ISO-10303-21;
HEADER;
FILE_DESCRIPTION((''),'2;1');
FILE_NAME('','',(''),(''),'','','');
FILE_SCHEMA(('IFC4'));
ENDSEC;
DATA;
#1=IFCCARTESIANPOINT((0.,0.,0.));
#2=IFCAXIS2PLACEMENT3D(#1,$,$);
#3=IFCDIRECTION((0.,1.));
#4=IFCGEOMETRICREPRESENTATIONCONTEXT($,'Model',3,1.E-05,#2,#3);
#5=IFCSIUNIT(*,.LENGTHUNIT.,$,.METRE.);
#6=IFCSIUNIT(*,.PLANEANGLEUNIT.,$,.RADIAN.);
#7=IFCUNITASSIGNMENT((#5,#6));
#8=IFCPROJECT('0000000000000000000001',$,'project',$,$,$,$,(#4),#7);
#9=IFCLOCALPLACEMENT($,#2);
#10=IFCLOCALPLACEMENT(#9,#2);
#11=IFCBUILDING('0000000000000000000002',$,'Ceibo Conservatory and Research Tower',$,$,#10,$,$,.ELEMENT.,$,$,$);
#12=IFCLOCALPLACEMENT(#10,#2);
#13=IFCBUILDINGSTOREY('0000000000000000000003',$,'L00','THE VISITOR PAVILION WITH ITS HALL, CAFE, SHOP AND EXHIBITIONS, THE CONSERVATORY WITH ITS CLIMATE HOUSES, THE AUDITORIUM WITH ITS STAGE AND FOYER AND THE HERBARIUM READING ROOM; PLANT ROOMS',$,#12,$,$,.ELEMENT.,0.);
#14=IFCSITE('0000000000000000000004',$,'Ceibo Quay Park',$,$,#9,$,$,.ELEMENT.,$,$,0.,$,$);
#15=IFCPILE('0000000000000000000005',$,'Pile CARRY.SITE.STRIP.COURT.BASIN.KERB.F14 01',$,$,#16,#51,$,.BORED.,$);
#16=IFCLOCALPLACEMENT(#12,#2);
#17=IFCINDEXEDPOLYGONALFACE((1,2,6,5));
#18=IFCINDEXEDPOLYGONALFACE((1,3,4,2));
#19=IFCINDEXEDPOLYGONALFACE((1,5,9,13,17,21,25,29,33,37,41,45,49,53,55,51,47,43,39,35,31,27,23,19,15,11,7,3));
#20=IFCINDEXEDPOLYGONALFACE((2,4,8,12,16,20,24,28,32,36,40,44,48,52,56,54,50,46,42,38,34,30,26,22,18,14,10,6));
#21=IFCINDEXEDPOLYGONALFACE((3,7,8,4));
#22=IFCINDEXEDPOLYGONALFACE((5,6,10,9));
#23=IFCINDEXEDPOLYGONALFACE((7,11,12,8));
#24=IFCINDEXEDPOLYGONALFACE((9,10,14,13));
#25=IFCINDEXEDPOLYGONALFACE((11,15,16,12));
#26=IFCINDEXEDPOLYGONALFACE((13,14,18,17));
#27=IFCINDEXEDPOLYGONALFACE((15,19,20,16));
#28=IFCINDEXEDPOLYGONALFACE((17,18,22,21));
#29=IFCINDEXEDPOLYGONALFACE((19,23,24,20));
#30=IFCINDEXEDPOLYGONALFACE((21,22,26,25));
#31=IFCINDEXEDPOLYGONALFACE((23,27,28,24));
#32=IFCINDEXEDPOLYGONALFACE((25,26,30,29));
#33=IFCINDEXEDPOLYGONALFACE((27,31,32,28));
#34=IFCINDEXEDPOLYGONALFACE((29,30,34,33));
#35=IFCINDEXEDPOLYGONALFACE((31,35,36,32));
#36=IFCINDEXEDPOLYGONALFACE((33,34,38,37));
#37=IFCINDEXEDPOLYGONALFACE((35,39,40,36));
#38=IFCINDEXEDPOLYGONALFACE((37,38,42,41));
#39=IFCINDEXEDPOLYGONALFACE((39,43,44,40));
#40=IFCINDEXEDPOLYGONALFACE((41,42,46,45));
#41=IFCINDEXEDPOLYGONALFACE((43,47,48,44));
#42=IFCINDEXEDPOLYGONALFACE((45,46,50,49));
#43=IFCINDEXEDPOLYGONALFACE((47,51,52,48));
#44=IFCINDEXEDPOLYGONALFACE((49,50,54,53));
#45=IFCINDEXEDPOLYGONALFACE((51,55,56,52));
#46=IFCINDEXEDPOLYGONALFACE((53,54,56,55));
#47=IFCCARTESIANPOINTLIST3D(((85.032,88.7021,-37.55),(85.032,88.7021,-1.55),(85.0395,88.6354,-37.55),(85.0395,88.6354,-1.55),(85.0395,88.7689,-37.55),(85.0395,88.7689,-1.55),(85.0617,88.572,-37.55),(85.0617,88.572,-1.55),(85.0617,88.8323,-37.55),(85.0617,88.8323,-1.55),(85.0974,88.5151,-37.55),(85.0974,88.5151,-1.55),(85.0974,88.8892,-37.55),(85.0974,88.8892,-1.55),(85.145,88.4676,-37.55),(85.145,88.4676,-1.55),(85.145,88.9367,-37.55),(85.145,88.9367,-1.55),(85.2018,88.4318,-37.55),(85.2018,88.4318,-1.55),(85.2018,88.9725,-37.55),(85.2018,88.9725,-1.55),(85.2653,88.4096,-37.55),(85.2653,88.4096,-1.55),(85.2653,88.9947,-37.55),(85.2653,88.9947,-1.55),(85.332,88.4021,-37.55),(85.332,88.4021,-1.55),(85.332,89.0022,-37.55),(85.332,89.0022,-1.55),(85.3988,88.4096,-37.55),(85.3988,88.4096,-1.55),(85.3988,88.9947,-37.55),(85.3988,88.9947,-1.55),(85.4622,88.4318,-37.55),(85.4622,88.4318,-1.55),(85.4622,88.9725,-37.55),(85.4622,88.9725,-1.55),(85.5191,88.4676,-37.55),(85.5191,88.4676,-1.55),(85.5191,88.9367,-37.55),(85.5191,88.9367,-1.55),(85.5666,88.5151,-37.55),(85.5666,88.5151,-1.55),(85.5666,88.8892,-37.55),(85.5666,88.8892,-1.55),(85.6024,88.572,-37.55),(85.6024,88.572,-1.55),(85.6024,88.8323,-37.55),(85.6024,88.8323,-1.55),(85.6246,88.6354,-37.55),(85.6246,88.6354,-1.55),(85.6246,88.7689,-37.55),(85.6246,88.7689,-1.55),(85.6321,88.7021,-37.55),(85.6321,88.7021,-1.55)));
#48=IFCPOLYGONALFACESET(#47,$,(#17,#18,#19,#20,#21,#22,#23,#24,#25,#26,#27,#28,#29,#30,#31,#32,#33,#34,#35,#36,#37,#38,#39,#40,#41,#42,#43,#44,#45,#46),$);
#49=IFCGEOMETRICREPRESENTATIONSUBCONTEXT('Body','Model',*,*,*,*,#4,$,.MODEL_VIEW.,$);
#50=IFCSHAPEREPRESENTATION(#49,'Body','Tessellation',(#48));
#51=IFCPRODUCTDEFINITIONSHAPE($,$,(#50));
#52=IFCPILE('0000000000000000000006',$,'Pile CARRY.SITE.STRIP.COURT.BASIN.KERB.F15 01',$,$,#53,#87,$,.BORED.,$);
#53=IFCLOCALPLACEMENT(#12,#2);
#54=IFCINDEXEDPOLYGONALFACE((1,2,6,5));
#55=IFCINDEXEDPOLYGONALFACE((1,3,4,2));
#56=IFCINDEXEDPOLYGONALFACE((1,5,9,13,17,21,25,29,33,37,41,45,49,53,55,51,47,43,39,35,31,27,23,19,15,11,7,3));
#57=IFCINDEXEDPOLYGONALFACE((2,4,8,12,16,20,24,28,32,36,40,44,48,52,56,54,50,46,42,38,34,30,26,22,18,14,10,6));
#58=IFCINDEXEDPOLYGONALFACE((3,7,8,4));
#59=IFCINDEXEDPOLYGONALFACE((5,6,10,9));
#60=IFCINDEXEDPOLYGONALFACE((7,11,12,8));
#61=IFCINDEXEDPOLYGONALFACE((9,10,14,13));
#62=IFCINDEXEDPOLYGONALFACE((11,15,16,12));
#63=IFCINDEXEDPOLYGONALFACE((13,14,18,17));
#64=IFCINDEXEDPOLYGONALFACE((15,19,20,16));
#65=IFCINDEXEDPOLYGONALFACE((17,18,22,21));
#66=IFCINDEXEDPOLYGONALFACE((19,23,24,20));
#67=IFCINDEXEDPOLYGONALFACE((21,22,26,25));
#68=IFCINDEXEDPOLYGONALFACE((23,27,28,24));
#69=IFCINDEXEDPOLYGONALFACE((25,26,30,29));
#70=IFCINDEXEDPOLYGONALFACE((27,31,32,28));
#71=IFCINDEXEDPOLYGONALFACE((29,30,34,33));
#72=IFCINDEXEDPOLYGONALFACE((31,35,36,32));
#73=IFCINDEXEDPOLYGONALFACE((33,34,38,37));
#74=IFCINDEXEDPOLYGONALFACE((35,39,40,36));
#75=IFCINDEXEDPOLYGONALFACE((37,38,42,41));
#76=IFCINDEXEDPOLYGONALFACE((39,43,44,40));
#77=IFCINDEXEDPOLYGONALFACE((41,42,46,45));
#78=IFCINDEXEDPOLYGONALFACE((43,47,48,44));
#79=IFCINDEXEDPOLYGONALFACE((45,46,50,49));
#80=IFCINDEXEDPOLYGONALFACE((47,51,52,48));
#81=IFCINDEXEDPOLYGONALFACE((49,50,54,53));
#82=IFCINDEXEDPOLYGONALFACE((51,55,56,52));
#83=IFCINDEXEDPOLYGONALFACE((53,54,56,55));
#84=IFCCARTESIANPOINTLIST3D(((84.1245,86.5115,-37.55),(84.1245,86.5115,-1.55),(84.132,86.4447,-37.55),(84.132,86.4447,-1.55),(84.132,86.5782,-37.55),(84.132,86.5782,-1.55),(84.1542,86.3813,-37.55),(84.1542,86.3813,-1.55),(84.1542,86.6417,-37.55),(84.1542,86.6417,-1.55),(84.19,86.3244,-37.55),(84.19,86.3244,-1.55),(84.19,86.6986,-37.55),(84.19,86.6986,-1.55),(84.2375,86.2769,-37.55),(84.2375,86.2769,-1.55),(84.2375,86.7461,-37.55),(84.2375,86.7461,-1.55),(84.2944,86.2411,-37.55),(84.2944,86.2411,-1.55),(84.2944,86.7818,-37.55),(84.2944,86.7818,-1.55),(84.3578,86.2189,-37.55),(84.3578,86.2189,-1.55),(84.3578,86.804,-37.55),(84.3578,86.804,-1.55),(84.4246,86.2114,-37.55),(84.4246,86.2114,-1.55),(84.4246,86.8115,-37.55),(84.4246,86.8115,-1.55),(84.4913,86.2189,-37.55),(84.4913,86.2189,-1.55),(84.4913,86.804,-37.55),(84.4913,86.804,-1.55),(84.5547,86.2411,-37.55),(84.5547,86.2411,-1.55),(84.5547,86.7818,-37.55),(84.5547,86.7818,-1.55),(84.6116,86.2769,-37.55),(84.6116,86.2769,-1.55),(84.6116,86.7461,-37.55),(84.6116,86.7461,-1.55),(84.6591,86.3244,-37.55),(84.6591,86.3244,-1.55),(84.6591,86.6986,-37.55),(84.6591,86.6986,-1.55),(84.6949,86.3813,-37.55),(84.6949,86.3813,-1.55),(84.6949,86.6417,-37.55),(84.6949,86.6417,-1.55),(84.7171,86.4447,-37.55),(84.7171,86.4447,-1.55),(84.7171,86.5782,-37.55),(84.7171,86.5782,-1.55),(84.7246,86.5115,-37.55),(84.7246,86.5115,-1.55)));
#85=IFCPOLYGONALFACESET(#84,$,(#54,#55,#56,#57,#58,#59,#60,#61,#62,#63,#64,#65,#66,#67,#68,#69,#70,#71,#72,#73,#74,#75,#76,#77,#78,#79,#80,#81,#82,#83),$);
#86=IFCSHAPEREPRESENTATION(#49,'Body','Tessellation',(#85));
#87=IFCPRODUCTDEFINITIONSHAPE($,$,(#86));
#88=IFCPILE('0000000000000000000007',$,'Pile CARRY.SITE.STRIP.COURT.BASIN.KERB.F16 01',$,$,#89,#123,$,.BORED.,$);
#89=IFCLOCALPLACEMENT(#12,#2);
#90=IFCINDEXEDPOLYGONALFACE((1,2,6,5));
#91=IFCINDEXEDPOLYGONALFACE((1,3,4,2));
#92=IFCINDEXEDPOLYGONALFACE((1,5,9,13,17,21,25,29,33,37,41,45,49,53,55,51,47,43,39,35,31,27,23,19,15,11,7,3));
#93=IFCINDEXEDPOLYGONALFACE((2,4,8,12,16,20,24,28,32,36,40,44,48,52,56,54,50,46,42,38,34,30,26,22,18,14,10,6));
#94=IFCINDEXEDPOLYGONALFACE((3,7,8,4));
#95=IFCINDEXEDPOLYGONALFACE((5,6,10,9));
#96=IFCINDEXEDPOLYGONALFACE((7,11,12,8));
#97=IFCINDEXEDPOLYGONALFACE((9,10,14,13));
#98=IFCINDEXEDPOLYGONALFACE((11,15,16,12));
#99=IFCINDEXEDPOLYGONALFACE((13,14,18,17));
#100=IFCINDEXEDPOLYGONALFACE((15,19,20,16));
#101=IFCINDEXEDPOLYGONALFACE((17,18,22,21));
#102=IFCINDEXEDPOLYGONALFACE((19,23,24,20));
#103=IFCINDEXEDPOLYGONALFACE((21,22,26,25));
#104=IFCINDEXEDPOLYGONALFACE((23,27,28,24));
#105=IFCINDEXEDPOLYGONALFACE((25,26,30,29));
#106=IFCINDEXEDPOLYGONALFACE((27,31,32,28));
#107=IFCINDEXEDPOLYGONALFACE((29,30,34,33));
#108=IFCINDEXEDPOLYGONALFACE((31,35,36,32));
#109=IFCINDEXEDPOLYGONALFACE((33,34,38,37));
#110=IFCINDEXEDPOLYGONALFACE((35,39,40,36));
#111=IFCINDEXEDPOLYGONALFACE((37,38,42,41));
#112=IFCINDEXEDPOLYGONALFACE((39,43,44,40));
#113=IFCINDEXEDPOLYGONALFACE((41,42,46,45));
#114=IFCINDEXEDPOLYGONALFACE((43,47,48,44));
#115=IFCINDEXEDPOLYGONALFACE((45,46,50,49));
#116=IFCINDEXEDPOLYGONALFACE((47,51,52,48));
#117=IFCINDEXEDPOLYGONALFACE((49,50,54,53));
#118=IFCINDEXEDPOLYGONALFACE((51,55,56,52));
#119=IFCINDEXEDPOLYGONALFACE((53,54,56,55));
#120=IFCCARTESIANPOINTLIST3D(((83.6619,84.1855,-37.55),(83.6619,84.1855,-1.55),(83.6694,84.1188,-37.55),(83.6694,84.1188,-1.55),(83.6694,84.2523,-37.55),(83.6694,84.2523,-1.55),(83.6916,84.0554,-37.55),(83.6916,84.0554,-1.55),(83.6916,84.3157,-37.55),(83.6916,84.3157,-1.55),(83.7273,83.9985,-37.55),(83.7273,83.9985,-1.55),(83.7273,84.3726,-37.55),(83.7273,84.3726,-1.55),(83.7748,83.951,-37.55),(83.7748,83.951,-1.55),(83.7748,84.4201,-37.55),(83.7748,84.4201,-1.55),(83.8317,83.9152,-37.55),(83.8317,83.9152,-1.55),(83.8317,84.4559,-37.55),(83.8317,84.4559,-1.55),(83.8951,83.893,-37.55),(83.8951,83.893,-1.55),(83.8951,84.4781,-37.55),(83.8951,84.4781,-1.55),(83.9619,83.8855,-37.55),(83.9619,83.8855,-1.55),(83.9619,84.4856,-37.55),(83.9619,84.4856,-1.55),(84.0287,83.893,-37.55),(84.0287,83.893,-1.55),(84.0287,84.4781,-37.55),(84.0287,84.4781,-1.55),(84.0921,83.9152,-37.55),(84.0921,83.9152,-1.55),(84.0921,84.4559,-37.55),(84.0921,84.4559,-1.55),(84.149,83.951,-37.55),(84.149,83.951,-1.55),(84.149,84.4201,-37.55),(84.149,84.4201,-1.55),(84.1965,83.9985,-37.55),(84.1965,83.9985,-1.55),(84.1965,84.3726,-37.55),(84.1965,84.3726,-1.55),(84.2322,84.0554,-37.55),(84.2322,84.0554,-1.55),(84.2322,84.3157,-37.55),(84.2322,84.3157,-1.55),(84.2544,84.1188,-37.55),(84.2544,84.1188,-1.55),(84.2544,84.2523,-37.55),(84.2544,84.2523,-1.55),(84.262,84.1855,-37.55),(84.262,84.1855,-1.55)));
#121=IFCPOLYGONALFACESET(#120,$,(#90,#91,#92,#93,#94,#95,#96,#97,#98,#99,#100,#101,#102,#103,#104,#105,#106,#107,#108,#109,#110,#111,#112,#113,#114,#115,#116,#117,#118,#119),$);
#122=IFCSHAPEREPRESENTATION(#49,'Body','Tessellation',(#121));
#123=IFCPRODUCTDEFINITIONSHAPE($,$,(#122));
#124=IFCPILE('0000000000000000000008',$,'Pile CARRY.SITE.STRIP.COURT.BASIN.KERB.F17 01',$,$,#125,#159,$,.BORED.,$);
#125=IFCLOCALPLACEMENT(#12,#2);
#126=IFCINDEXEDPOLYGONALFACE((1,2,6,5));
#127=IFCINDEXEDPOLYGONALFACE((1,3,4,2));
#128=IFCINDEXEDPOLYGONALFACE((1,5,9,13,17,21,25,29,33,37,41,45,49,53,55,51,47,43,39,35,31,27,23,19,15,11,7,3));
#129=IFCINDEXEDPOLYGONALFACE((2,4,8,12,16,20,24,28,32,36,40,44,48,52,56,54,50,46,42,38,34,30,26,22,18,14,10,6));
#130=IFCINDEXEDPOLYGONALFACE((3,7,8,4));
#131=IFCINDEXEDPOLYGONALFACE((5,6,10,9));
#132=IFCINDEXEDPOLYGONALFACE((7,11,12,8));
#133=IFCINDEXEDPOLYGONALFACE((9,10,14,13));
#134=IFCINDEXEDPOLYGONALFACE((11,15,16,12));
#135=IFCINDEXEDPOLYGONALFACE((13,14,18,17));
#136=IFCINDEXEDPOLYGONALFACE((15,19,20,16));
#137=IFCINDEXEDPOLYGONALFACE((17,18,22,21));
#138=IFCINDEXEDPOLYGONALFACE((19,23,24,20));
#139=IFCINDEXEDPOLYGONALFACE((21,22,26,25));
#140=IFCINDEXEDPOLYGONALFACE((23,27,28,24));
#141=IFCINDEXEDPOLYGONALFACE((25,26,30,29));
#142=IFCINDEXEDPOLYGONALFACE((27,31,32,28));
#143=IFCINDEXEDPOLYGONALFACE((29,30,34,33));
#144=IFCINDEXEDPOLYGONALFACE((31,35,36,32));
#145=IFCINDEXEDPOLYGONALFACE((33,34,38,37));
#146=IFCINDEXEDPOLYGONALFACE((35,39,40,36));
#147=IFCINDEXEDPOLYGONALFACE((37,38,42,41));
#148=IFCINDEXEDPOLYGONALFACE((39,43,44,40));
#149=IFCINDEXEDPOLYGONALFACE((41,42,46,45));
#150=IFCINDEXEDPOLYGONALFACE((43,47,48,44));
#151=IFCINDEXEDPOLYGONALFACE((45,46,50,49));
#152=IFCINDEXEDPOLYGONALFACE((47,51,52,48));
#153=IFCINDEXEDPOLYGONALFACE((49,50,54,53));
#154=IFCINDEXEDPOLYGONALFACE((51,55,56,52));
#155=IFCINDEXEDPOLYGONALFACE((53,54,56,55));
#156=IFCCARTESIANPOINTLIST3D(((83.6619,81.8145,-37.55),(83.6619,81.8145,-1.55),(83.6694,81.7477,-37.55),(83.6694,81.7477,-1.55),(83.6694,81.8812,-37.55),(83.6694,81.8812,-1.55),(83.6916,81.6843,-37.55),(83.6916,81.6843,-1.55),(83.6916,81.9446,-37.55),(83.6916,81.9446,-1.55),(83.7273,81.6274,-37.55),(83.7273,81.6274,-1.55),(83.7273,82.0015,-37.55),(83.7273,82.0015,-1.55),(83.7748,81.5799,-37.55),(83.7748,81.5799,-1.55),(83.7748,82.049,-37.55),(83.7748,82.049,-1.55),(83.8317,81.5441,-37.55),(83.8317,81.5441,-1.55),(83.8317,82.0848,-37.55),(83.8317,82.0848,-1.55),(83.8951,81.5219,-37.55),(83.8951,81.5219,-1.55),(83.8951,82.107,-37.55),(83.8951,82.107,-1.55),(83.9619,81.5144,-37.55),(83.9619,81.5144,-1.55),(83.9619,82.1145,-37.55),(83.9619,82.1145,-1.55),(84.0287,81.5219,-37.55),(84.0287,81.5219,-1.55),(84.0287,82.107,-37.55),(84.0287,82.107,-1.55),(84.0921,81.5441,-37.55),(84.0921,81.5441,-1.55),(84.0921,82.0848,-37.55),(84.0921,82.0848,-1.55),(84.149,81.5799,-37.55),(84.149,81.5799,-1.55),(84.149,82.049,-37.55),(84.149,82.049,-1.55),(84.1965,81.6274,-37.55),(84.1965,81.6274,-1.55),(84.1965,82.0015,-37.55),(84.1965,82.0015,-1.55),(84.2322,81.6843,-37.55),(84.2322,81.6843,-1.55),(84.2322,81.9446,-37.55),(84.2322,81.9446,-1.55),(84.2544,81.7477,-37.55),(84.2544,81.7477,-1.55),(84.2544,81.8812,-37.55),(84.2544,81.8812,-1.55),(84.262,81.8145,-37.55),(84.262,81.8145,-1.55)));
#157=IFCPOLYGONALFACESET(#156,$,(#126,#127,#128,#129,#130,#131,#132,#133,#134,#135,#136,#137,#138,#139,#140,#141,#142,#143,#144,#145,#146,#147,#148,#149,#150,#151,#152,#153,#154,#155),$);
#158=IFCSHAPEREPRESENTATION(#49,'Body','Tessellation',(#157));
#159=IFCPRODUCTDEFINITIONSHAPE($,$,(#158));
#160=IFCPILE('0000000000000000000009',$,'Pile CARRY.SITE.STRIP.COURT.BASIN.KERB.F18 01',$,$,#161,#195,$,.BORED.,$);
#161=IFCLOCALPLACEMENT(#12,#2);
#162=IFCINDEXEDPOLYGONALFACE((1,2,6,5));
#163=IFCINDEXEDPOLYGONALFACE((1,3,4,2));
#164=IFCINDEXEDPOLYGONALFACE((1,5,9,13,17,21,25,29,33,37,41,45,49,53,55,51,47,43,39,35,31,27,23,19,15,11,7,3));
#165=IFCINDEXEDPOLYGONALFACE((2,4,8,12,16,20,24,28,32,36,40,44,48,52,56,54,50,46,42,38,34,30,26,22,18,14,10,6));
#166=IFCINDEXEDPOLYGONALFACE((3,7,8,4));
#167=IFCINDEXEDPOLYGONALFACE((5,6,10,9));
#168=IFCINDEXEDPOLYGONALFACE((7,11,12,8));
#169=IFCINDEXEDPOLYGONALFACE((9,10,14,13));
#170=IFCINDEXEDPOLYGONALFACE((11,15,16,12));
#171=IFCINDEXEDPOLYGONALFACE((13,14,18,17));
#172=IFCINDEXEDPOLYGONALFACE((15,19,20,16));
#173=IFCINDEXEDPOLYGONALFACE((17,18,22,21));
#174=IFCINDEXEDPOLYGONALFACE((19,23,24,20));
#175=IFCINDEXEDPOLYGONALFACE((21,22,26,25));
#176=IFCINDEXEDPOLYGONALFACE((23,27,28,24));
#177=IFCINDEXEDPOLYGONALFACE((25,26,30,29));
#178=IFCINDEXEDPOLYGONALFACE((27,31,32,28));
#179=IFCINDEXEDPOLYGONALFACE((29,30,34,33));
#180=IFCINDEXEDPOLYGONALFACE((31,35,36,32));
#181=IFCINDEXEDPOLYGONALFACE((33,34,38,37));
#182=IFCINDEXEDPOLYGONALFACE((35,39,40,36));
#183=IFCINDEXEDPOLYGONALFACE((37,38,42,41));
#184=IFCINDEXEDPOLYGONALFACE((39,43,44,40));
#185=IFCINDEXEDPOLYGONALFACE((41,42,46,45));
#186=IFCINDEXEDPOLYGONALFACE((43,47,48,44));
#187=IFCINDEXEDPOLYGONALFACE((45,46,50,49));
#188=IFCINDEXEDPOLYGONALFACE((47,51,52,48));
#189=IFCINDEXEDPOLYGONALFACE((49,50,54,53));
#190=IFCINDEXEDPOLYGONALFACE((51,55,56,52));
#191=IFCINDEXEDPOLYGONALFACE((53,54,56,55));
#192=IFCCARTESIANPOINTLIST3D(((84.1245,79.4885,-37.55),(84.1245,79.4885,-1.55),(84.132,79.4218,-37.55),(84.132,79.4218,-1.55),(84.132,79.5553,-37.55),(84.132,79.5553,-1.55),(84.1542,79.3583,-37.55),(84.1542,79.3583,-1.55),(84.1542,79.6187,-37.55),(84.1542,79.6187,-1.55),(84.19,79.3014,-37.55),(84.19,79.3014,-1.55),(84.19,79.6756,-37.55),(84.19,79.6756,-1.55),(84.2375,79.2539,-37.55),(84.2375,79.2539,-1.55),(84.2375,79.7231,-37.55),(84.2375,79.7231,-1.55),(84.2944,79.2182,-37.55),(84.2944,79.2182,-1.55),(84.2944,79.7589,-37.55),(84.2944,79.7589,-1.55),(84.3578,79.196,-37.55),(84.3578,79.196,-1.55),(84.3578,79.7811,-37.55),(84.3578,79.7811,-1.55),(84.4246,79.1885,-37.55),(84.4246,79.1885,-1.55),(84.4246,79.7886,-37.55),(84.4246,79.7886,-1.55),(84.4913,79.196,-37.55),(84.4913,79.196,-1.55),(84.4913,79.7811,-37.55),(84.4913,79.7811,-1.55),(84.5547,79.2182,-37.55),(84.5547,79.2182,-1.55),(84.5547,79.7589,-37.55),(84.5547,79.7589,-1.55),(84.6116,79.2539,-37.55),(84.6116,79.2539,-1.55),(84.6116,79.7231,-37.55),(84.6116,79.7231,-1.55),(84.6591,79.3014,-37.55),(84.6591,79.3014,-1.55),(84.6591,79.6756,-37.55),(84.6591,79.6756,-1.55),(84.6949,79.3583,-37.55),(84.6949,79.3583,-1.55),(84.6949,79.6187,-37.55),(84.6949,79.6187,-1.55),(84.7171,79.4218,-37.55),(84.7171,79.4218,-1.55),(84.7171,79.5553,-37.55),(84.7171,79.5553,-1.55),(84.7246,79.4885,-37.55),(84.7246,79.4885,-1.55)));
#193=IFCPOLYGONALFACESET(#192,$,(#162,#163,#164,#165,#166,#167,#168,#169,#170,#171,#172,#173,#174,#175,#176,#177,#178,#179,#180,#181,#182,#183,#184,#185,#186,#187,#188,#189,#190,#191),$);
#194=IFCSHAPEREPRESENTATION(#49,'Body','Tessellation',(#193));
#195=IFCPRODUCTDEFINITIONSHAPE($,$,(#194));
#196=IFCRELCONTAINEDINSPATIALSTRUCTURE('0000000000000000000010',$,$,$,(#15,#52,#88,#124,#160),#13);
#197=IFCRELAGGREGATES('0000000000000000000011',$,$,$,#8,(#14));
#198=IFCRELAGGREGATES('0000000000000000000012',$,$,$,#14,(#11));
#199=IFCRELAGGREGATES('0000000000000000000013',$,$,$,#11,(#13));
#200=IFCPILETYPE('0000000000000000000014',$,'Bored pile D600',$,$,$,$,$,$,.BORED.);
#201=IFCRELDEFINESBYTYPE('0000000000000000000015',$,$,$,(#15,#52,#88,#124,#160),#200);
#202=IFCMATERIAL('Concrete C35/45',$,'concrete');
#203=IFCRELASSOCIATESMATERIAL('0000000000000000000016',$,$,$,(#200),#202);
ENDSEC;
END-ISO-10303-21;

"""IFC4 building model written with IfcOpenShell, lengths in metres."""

from ifc_helpers import new_model, si_unit, direction, frame, origin, origin_2d, place, context, subcontext, project, spatial, circle, extrude, material, material_profile, profile_set, type_object, element, save


model = new_model("IFC4")

# Units and contexts
model_context = context("Model", 3, precision=1e-05, world=origin(), true_north=direction((0.0, 1.0)))
body_context = subcontext(model_context, "Body", "Model", "MODEL_VIEW")
ifc_project = project(units=[si_unit("LENGTHUNIT", "METRE"), si_unit("PLANEANGLEUNIT", "RADIAN")], contexts=[model_context])

# Site, building, storey
site_placement = place(None, origin())
site = spatial("IfcSite", under=ifc_project, at=site_placement, Name="Ceibo Quay Park", CompositionType="ELEMENT", RefElevation=0.0)
building_placement = place(site_placement, origin())
building = spatial("IfcBuilding", under=site, at=building_placement, Name="Ceibo Conservatory and Research Tower", CompositionType="ELEMENT")
storey_placement = place(building_placement, origin())
storey = spatial("IfcBuildingStorey", under=building, at=storey_placement, Name="L00", Description="THE VISITOR PAVILION WITH ITS HALL, CAFE, SHOP AND EXHIBITIONS, THE CONSERVATORY WITH ITS CLIMATE HOUSES, THE AUDITORIUM WITH ITS STAGE AND FOYER AND THE HERBARIUM READING ROOM; PLANT ROOMS", CompositionType="ELEMENT", Elevation=0.0)

# Piles
ifc_material_1 = material(Name="Concrete C35/45", Category="concrete")
ifc_material_profile_1 = material_profile(ifc_material_1, circle(Radius=0.3, at=origin_2d()), Name="RC D600")
ifc_profile_set_1 = profile_set([ifc_material_profile_1], Name="Concrete C35/45")
pile_type = type_object("IfcPileType", Name="Bored pile D600", PredefinedType="BORED", material=ifc_profile_set_1)
for number, where, z_axis, x_axis, name in (
    (1, (85.332, 88.7021, -1.55), (0.0, 0.0, -1.0), (1.0, 0.0, 0.0), "Pile CARRY.SITE.STRIP.COURT.BASIN.KERB.F14 01"),
    (2, (84.4246, 86.5115, -1.55), (0.0, 0.0, -1.0), (1.0, 0.0, 0.0), "Pile CARRY.SITE.STRIP.COURT.BASIN.KERB.F15 01"),
    (3, (83.9619, 84.1855, -1.55), (0.0, 0.0, -1.0), (1.0, 0.0, 0.0), "Pile CARRY.SITE.STRIP.COURT.BASIN.KERB.F16 01"),
    (4, (83.9619, 81.8145, -1.55), (0.0, 0.0, -1.0), (1.0, 0.0, 0.0), "Pile CARRY.SITE.STRIP.COURT.BASIN.KERB.F17 01"),
    (5, (84.4246, 79.4885, -1.55), (0.0, 0.0, -1.0), (1.0, 0.0, 0.0), "Pile CARRY.SITE.STRIP.COURT.BASIN.KERB.F18 01"),
):
    element("IfcPile", number, at=place(storey_placement, frame(where, z_axis=z_axis, x_axis=x_axis)), inside=storey, type_object=pile_type, Name=name, PredefinedType="BORED", context=body_context, shape_type="SweptSolid", body=[
        extrude(circle(Radius=0.3, at=origin_2d()), origin(), (0.0, 0.0, 1.0), 36.0),
    ])

save(model, "model.ifc")
